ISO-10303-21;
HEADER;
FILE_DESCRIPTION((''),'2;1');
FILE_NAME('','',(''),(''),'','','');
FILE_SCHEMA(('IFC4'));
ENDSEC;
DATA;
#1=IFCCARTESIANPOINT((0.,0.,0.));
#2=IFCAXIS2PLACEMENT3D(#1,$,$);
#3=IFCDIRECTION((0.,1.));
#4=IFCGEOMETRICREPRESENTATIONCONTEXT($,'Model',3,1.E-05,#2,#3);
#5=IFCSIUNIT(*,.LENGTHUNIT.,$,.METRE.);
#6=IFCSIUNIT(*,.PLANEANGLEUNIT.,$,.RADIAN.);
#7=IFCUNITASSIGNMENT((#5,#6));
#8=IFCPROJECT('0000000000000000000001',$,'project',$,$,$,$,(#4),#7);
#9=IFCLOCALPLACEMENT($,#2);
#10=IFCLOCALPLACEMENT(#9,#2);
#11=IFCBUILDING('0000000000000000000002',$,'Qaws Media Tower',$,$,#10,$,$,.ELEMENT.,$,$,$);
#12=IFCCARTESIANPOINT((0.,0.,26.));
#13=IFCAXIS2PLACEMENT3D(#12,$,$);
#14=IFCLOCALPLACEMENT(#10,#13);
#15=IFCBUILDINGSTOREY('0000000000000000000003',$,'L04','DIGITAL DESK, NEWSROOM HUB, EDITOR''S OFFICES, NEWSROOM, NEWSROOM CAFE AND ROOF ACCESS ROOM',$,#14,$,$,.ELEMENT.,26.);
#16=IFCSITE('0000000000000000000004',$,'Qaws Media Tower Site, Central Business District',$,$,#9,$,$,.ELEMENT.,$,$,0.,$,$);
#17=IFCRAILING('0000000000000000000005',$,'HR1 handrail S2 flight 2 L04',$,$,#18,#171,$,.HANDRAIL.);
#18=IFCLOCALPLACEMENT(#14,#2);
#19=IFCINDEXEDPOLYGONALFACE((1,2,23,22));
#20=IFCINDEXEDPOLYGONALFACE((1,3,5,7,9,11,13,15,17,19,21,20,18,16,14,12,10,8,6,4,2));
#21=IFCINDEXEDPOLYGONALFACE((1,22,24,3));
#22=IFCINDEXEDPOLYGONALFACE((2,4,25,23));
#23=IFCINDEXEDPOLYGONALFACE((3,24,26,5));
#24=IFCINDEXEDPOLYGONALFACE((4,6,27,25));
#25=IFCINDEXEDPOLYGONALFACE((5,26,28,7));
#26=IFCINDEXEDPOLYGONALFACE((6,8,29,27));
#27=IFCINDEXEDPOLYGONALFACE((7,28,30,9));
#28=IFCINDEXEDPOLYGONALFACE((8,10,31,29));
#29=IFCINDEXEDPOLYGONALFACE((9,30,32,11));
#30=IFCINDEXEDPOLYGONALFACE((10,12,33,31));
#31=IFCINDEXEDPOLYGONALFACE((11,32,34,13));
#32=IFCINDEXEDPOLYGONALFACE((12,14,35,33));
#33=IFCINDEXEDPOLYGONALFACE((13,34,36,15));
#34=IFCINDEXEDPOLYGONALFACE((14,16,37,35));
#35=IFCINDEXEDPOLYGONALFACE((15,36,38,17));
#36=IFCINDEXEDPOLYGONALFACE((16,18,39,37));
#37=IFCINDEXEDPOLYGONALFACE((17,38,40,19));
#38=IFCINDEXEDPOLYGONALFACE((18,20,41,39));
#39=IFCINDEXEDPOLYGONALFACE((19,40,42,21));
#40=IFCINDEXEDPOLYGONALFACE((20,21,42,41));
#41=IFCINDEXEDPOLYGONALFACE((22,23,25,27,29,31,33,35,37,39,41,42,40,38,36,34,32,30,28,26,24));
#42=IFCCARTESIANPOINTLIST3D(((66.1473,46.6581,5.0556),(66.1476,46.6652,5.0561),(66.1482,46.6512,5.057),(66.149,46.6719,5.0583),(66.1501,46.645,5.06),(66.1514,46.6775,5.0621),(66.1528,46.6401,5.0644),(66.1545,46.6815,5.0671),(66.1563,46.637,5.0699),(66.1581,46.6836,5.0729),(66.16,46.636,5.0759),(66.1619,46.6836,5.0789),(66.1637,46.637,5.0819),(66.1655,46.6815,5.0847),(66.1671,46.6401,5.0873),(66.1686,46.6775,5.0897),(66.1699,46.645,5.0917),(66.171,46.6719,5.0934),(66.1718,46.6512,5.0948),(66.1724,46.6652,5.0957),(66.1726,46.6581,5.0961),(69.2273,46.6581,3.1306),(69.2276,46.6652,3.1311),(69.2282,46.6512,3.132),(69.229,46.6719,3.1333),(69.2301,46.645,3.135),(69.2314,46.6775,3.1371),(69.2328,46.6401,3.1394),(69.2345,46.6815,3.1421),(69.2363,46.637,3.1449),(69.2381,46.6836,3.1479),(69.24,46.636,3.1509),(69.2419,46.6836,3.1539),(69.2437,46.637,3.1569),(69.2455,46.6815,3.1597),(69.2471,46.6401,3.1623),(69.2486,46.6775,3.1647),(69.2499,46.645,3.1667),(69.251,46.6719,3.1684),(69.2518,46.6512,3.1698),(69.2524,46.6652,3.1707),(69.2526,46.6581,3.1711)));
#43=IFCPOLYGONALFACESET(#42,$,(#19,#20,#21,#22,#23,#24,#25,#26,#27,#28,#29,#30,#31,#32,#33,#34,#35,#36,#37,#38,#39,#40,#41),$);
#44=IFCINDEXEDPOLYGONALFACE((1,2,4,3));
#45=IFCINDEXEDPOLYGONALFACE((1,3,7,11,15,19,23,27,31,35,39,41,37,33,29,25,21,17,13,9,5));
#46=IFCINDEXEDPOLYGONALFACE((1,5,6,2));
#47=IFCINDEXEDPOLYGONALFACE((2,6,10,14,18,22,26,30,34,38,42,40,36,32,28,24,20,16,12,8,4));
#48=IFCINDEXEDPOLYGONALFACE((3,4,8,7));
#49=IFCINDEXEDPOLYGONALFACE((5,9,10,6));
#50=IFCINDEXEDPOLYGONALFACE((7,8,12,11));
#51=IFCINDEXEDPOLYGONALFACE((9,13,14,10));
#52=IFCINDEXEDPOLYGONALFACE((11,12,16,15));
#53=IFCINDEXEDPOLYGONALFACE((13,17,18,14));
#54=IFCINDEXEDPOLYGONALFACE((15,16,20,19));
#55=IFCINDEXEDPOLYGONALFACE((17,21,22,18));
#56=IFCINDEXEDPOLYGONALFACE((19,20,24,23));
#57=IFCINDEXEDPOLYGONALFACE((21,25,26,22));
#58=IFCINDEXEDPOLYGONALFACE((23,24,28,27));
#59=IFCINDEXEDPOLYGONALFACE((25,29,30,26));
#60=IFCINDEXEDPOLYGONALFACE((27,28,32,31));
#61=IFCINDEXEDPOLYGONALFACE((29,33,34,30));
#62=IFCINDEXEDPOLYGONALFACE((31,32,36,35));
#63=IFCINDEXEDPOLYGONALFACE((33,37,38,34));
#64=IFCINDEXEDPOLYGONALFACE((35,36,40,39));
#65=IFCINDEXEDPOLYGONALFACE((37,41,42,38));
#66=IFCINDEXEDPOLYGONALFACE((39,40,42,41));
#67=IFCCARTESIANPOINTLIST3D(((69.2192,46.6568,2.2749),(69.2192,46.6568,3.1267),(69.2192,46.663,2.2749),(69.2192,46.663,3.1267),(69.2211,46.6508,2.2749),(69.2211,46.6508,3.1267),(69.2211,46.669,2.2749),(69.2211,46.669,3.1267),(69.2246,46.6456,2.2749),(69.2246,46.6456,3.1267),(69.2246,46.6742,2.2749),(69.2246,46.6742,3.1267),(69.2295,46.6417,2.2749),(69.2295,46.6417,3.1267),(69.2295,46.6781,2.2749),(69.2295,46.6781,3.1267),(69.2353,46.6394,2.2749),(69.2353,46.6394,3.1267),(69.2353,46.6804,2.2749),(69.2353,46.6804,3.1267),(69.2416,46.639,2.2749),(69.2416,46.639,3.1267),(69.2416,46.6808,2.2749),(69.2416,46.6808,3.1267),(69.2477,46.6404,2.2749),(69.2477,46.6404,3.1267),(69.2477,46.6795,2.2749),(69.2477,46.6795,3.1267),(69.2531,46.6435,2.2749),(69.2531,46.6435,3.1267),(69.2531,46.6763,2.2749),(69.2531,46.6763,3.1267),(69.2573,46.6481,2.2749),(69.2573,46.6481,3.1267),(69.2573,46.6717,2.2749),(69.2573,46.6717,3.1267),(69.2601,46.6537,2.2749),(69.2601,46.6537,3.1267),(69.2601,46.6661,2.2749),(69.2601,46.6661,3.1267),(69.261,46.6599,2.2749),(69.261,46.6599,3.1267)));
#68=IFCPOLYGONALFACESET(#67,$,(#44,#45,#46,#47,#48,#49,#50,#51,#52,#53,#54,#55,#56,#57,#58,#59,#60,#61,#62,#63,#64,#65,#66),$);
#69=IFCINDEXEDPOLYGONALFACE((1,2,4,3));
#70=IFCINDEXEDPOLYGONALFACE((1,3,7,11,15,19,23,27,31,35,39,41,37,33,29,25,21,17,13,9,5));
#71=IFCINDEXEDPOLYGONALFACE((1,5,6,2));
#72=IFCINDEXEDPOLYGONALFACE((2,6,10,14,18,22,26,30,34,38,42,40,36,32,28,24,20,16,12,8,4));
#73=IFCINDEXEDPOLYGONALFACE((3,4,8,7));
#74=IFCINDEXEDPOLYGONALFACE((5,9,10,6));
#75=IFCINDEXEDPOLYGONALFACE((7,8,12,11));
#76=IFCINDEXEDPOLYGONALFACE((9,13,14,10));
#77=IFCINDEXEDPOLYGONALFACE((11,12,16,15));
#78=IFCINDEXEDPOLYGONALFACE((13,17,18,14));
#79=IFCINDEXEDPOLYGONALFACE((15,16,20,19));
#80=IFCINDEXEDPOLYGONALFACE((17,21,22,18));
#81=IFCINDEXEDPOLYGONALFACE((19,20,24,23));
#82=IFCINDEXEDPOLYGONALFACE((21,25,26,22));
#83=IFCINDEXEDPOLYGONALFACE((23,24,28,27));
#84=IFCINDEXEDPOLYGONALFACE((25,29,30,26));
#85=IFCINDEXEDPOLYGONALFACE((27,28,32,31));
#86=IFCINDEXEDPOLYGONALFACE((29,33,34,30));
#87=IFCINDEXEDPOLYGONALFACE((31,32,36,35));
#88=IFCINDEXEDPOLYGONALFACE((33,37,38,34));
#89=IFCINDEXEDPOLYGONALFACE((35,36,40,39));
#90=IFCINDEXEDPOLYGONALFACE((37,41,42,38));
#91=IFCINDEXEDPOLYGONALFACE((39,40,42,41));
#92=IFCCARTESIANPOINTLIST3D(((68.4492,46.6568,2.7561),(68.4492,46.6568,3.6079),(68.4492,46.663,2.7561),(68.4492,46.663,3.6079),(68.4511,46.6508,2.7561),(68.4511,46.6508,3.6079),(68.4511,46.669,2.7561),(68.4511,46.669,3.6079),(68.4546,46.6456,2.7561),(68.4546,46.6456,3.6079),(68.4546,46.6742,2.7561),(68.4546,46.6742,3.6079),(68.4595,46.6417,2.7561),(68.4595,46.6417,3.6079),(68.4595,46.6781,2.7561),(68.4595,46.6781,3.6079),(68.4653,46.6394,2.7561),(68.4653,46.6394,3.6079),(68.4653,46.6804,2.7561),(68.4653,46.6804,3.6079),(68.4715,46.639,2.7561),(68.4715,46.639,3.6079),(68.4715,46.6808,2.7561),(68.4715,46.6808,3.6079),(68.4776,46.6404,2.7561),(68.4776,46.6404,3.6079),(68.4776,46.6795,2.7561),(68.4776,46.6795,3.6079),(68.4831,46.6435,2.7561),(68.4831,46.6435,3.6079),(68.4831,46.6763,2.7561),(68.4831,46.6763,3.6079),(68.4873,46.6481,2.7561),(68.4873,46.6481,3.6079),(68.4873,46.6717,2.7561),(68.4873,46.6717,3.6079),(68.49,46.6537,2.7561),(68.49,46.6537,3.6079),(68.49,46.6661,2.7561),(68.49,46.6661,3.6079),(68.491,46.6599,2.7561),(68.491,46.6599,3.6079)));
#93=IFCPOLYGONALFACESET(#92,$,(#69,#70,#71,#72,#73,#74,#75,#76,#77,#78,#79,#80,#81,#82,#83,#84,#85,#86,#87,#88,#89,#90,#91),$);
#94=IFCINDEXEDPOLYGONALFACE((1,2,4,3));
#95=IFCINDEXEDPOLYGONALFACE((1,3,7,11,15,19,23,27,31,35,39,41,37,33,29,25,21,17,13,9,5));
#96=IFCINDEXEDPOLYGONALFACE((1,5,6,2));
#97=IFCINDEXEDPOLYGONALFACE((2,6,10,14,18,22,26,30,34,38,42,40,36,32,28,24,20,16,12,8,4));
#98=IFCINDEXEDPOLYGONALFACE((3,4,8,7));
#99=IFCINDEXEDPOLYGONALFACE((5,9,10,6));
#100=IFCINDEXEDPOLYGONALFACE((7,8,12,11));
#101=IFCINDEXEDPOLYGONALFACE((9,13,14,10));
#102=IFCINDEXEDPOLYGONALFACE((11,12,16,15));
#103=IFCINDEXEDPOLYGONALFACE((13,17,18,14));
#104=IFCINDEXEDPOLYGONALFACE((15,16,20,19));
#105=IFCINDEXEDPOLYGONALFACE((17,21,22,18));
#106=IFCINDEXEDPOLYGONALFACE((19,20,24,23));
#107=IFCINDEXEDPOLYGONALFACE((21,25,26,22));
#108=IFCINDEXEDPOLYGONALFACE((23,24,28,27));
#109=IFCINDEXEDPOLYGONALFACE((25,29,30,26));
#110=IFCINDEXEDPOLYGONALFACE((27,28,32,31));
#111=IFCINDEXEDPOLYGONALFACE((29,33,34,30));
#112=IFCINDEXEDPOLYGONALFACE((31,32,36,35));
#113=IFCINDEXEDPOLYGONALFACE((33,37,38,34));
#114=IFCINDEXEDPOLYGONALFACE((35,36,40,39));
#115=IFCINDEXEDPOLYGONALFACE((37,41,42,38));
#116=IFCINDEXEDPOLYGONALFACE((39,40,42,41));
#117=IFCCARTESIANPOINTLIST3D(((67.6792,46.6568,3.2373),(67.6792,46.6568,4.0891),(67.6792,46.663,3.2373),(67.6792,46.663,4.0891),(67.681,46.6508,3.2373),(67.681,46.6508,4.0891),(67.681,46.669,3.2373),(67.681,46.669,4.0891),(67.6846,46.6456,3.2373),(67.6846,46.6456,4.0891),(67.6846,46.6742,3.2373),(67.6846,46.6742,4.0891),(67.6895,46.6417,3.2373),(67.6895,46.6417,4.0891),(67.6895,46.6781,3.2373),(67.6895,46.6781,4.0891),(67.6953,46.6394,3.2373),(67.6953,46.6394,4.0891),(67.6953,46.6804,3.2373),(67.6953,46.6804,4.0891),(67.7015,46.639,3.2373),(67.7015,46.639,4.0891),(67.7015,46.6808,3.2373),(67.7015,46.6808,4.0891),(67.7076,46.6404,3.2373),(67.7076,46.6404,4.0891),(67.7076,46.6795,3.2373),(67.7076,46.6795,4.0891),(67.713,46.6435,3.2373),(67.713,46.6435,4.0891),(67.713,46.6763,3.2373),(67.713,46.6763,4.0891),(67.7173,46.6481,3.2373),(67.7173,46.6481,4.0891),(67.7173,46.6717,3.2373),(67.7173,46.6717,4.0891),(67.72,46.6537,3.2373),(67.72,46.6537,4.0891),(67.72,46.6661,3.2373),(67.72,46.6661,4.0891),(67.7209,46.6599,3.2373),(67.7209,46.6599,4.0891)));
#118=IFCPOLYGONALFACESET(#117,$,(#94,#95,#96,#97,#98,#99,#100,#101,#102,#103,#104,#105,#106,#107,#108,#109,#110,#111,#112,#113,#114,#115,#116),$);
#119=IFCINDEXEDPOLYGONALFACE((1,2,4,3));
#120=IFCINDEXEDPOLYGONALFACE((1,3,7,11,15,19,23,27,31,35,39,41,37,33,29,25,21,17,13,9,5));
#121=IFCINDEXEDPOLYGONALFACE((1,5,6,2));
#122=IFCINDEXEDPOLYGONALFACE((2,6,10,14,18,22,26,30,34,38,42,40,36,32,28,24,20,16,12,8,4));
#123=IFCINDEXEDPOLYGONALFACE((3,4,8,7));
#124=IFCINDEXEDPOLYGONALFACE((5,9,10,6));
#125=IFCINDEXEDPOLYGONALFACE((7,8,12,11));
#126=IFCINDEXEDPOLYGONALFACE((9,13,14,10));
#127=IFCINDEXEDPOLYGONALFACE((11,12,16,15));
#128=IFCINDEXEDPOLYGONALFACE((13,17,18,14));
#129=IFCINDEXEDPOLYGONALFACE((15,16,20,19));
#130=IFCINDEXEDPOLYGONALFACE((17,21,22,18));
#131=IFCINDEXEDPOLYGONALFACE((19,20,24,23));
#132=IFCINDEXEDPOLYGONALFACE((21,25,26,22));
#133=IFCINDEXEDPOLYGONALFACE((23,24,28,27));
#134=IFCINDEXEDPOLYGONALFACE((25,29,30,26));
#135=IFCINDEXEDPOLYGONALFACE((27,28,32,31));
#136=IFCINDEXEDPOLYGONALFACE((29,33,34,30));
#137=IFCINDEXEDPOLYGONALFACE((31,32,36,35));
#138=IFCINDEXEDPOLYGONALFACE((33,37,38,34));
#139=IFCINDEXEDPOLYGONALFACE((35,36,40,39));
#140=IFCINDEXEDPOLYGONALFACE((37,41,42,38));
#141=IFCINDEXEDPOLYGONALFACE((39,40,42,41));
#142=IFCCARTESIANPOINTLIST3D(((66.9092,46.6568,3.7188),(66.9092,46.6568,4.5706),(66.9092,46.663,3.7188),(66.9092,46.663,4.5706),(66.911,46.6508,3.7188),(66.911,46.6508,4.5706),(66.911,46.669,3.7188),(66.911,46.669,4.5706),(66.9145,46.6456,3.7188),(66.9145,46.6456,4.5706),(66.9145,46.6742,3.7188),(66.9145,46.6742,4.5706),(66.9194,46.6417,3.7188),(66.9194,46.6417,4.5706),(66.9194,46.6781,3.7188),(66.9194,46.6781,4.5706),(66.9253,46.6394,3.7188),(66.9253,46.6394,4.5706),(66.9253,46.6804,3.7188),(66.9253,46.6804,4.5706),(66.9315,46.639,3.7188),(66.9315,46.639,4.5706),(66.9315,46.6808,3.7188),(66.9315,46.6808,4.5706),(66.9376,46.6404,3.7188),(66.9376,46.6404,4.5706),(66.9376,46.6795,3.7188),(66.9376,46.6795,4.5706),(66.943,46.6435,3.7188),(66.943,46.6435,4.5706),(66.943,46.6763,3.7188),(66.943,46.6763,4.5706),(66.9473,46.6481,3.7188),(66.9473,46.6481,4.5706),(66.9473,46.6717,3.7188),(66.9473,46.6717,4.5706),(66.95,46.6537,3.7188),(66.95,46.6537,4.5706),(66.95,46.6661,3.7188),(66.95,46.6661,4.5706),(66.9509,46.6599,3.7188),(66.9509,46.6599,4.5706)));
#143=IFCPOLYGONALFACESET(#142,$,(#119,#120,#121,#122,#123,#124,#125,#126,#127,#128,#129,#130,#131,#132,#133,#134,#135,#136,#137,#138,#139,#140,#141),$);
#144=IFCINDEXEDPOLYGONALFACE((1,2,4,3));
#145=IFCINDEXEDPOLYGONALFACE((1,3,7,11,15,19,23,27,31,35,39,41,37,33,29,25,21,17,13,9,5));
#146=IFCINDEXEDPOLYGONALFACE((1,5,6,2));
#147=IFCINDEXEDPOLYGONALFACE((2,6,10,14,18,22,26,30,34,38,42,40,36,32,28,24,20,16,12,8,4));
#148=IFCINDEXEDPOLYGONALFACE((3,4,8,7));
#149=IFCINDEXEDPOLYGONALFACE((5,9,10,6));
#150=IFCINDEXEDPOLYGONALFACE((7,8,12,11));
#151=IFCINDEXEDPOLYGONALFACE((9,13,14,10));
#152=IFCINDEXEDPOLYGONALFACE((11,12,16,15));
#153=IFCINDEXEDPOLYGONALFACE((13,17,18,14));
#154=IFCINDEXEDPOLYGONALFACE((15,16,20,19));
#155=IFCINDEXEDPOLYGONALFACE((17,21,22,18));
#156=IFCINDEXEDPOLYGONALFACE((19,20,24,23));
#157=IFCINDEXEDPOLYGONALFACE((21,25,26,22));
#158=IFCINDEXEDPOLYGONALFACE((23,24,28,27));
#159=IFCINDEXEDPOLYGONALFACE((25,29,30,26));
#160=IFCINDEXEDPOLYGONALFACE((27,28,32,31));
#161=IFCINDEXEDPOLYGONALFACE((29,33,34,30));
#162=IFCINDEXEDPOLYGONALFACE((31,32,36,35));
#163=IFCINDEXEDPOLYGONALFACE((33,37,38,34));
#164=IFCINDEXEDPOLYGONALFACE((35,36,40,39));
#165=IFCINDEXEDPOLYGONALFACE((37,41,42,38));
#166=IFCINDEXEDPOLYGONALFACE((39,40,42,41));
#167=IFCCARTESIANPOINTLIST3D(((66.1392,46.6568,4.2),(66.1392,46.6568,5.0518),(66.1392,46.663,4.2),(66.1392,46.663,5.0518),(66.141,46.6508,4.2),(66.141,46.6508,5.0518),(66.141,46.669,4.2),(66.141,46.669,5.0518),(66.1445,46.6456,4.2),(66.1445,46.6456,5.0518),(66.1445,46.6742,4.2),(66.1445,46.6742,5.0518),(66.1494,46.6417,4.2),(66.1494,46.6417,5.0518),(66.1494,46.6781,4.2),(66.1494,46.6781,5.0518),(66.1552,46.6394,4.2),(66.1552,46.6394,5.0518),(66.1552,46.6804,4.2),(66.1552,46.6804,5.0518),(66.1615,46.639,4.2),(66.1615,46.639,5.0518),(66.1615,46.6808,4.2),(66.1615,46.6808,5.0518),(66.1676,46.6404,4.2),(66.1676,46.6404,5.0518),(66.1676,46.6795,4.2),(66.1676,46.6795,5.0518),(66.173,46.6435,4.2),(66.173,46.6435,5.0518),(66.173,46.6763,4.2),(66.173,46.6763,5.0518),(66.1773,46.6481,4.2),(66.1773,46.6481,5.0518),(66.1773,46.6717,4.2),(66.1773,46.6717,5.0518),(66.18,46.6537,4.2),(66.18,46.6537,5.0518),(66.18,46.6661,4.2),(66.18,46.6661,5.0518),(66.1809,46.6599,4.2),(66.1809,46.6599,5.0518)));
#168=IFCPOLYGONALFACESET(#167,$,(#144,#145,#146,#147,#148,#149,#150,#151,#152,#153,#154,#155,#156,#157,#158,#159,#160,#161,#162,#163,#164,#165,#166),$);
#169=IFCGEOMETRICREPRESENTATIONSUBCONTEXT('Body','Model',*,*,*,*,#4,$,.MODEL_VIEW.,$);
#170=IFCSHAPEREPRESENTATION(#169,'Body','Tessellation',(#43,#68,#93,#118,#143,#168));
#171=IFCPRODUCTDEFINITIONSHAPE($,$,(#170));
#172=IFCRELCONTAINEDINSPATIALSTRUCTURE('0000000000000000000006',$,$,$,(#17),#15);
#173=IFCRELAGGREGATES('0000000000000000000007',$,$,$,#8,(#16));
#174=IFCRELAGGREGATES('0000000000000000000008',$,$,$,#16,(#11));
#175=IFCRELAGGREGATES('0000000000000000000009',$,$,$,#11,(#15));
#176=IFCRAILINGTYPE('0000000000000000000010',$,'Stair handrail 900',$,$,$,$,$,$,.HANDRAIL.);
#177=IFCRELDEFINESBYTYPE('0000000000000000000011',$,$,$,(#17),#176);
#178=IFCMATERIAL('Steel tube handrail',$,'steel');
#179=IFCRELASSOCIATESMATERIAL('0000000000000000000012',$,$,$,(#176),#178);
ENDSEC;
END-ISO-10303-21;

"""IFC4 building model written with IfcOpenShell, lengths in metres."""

from ifc_helpers import new_model, si_unit, direction, frame, origin, origin_2d, place, context, subcontext, project, spatial, circle, extrude, material, type_object, element, save


model = new_model("IFC4")

# Units and contexts
model_context = context("Model", 3, precision=1e-05, world=origin(), true_north=direction((0.0, 1.0)))
body_context = subcontext(model_context, "Body", "Model", "MODEL_VIEW")
ifc_project = project(units=[si_unit("LENGTHUNIT", "METRE"), si_unit("PLANEANGLEUNIT", "RADIAN")], contexts=[model_context])

# Site, building, storey
site_placement = place(None, origin())
site = spatial("IfcSite", under=ifc_project, at=site_placement, Name="Qaws Media Tower Site, Central Business District", CompositionType="ELEMENT", RefElevation=0.0)
building_placement = place(site_placement, origin())
building = spatial("IfcBuilding", under=site, at=building_placement, Name="Qaws Media Tower", CompositionType="ELEMENT")
storey_placement = place(building_placement, frame((0.0, 0.0, 26.0)))
storey = spatial("IfcBuildingStorey", under=building, at=storey_placement, Name="L04", Description="DIGITAL DESK, NEWSROOM HUB, EDITOR'S OFFICES, NEWSROOM, NEWSROOM CAFE AND ROOF ACCESS ROOM", CompositionType="ELEMENT", Elevation=26.0)

# Railing
ifc_material_1 = material(Name="Steel tube handrail", Category="steel")
railing_type = type_object("IfcRailingType", Name="Stair handrail 900", PredefinedType="HANDRAIL", material=ifc_material_1)
for number, where, name in (
    (1, (69.24, 46.6599, 2.2749), "HR1 handrail S2 flight 2 L04"),
):
    element("IfcRailing", number, at=place(storey_placement, frame(where)), inside=storey, type_object=railing_type, Name=name, PredefinedType="HANDRAIL", context=body_context, shape_type="SweptSolid", body=[
        extrude(circle(Radius=0.0239, at=origin_2d()), frame((0.0, 0.0, 0.876), z_axis=(-0.847998, 0.0, 0.529999), x_axis=(0.0, -1.0, 0.0)), (0.0, 0.0, 1.0), 3.6321),
        extrude(circle(Radius=0.021, at=origin_2d()), origin(), (0.0, 0.0, 1.0), 0.8518),
        extrude(circle(Radius=0.021, at=origin_2d()), frame((-0.77, 0.0, 0.4812)), (0.0, 0.0, 1.0), 0.8518),
        extrude(circle(Radius=0.021, at=origin_2d()), frame((-1.54, 0.0, 0.9624)), (0.0, 0.0, 1.0), 0.8518),
        extrude(circle(Radius=0.021, at=origin_2d()), frame((-2.3101, 0.0, 1.4438)), (0.0, 0.0, 1.0), 0.8518),
        extrude(circle(Radius=0.021, at=origin_2d()), frame((-3.0801, 0.0, 1.925)), (0.0, 0.0, 1.0), 0.8518),
    ])

save(model, "model.ifc")
